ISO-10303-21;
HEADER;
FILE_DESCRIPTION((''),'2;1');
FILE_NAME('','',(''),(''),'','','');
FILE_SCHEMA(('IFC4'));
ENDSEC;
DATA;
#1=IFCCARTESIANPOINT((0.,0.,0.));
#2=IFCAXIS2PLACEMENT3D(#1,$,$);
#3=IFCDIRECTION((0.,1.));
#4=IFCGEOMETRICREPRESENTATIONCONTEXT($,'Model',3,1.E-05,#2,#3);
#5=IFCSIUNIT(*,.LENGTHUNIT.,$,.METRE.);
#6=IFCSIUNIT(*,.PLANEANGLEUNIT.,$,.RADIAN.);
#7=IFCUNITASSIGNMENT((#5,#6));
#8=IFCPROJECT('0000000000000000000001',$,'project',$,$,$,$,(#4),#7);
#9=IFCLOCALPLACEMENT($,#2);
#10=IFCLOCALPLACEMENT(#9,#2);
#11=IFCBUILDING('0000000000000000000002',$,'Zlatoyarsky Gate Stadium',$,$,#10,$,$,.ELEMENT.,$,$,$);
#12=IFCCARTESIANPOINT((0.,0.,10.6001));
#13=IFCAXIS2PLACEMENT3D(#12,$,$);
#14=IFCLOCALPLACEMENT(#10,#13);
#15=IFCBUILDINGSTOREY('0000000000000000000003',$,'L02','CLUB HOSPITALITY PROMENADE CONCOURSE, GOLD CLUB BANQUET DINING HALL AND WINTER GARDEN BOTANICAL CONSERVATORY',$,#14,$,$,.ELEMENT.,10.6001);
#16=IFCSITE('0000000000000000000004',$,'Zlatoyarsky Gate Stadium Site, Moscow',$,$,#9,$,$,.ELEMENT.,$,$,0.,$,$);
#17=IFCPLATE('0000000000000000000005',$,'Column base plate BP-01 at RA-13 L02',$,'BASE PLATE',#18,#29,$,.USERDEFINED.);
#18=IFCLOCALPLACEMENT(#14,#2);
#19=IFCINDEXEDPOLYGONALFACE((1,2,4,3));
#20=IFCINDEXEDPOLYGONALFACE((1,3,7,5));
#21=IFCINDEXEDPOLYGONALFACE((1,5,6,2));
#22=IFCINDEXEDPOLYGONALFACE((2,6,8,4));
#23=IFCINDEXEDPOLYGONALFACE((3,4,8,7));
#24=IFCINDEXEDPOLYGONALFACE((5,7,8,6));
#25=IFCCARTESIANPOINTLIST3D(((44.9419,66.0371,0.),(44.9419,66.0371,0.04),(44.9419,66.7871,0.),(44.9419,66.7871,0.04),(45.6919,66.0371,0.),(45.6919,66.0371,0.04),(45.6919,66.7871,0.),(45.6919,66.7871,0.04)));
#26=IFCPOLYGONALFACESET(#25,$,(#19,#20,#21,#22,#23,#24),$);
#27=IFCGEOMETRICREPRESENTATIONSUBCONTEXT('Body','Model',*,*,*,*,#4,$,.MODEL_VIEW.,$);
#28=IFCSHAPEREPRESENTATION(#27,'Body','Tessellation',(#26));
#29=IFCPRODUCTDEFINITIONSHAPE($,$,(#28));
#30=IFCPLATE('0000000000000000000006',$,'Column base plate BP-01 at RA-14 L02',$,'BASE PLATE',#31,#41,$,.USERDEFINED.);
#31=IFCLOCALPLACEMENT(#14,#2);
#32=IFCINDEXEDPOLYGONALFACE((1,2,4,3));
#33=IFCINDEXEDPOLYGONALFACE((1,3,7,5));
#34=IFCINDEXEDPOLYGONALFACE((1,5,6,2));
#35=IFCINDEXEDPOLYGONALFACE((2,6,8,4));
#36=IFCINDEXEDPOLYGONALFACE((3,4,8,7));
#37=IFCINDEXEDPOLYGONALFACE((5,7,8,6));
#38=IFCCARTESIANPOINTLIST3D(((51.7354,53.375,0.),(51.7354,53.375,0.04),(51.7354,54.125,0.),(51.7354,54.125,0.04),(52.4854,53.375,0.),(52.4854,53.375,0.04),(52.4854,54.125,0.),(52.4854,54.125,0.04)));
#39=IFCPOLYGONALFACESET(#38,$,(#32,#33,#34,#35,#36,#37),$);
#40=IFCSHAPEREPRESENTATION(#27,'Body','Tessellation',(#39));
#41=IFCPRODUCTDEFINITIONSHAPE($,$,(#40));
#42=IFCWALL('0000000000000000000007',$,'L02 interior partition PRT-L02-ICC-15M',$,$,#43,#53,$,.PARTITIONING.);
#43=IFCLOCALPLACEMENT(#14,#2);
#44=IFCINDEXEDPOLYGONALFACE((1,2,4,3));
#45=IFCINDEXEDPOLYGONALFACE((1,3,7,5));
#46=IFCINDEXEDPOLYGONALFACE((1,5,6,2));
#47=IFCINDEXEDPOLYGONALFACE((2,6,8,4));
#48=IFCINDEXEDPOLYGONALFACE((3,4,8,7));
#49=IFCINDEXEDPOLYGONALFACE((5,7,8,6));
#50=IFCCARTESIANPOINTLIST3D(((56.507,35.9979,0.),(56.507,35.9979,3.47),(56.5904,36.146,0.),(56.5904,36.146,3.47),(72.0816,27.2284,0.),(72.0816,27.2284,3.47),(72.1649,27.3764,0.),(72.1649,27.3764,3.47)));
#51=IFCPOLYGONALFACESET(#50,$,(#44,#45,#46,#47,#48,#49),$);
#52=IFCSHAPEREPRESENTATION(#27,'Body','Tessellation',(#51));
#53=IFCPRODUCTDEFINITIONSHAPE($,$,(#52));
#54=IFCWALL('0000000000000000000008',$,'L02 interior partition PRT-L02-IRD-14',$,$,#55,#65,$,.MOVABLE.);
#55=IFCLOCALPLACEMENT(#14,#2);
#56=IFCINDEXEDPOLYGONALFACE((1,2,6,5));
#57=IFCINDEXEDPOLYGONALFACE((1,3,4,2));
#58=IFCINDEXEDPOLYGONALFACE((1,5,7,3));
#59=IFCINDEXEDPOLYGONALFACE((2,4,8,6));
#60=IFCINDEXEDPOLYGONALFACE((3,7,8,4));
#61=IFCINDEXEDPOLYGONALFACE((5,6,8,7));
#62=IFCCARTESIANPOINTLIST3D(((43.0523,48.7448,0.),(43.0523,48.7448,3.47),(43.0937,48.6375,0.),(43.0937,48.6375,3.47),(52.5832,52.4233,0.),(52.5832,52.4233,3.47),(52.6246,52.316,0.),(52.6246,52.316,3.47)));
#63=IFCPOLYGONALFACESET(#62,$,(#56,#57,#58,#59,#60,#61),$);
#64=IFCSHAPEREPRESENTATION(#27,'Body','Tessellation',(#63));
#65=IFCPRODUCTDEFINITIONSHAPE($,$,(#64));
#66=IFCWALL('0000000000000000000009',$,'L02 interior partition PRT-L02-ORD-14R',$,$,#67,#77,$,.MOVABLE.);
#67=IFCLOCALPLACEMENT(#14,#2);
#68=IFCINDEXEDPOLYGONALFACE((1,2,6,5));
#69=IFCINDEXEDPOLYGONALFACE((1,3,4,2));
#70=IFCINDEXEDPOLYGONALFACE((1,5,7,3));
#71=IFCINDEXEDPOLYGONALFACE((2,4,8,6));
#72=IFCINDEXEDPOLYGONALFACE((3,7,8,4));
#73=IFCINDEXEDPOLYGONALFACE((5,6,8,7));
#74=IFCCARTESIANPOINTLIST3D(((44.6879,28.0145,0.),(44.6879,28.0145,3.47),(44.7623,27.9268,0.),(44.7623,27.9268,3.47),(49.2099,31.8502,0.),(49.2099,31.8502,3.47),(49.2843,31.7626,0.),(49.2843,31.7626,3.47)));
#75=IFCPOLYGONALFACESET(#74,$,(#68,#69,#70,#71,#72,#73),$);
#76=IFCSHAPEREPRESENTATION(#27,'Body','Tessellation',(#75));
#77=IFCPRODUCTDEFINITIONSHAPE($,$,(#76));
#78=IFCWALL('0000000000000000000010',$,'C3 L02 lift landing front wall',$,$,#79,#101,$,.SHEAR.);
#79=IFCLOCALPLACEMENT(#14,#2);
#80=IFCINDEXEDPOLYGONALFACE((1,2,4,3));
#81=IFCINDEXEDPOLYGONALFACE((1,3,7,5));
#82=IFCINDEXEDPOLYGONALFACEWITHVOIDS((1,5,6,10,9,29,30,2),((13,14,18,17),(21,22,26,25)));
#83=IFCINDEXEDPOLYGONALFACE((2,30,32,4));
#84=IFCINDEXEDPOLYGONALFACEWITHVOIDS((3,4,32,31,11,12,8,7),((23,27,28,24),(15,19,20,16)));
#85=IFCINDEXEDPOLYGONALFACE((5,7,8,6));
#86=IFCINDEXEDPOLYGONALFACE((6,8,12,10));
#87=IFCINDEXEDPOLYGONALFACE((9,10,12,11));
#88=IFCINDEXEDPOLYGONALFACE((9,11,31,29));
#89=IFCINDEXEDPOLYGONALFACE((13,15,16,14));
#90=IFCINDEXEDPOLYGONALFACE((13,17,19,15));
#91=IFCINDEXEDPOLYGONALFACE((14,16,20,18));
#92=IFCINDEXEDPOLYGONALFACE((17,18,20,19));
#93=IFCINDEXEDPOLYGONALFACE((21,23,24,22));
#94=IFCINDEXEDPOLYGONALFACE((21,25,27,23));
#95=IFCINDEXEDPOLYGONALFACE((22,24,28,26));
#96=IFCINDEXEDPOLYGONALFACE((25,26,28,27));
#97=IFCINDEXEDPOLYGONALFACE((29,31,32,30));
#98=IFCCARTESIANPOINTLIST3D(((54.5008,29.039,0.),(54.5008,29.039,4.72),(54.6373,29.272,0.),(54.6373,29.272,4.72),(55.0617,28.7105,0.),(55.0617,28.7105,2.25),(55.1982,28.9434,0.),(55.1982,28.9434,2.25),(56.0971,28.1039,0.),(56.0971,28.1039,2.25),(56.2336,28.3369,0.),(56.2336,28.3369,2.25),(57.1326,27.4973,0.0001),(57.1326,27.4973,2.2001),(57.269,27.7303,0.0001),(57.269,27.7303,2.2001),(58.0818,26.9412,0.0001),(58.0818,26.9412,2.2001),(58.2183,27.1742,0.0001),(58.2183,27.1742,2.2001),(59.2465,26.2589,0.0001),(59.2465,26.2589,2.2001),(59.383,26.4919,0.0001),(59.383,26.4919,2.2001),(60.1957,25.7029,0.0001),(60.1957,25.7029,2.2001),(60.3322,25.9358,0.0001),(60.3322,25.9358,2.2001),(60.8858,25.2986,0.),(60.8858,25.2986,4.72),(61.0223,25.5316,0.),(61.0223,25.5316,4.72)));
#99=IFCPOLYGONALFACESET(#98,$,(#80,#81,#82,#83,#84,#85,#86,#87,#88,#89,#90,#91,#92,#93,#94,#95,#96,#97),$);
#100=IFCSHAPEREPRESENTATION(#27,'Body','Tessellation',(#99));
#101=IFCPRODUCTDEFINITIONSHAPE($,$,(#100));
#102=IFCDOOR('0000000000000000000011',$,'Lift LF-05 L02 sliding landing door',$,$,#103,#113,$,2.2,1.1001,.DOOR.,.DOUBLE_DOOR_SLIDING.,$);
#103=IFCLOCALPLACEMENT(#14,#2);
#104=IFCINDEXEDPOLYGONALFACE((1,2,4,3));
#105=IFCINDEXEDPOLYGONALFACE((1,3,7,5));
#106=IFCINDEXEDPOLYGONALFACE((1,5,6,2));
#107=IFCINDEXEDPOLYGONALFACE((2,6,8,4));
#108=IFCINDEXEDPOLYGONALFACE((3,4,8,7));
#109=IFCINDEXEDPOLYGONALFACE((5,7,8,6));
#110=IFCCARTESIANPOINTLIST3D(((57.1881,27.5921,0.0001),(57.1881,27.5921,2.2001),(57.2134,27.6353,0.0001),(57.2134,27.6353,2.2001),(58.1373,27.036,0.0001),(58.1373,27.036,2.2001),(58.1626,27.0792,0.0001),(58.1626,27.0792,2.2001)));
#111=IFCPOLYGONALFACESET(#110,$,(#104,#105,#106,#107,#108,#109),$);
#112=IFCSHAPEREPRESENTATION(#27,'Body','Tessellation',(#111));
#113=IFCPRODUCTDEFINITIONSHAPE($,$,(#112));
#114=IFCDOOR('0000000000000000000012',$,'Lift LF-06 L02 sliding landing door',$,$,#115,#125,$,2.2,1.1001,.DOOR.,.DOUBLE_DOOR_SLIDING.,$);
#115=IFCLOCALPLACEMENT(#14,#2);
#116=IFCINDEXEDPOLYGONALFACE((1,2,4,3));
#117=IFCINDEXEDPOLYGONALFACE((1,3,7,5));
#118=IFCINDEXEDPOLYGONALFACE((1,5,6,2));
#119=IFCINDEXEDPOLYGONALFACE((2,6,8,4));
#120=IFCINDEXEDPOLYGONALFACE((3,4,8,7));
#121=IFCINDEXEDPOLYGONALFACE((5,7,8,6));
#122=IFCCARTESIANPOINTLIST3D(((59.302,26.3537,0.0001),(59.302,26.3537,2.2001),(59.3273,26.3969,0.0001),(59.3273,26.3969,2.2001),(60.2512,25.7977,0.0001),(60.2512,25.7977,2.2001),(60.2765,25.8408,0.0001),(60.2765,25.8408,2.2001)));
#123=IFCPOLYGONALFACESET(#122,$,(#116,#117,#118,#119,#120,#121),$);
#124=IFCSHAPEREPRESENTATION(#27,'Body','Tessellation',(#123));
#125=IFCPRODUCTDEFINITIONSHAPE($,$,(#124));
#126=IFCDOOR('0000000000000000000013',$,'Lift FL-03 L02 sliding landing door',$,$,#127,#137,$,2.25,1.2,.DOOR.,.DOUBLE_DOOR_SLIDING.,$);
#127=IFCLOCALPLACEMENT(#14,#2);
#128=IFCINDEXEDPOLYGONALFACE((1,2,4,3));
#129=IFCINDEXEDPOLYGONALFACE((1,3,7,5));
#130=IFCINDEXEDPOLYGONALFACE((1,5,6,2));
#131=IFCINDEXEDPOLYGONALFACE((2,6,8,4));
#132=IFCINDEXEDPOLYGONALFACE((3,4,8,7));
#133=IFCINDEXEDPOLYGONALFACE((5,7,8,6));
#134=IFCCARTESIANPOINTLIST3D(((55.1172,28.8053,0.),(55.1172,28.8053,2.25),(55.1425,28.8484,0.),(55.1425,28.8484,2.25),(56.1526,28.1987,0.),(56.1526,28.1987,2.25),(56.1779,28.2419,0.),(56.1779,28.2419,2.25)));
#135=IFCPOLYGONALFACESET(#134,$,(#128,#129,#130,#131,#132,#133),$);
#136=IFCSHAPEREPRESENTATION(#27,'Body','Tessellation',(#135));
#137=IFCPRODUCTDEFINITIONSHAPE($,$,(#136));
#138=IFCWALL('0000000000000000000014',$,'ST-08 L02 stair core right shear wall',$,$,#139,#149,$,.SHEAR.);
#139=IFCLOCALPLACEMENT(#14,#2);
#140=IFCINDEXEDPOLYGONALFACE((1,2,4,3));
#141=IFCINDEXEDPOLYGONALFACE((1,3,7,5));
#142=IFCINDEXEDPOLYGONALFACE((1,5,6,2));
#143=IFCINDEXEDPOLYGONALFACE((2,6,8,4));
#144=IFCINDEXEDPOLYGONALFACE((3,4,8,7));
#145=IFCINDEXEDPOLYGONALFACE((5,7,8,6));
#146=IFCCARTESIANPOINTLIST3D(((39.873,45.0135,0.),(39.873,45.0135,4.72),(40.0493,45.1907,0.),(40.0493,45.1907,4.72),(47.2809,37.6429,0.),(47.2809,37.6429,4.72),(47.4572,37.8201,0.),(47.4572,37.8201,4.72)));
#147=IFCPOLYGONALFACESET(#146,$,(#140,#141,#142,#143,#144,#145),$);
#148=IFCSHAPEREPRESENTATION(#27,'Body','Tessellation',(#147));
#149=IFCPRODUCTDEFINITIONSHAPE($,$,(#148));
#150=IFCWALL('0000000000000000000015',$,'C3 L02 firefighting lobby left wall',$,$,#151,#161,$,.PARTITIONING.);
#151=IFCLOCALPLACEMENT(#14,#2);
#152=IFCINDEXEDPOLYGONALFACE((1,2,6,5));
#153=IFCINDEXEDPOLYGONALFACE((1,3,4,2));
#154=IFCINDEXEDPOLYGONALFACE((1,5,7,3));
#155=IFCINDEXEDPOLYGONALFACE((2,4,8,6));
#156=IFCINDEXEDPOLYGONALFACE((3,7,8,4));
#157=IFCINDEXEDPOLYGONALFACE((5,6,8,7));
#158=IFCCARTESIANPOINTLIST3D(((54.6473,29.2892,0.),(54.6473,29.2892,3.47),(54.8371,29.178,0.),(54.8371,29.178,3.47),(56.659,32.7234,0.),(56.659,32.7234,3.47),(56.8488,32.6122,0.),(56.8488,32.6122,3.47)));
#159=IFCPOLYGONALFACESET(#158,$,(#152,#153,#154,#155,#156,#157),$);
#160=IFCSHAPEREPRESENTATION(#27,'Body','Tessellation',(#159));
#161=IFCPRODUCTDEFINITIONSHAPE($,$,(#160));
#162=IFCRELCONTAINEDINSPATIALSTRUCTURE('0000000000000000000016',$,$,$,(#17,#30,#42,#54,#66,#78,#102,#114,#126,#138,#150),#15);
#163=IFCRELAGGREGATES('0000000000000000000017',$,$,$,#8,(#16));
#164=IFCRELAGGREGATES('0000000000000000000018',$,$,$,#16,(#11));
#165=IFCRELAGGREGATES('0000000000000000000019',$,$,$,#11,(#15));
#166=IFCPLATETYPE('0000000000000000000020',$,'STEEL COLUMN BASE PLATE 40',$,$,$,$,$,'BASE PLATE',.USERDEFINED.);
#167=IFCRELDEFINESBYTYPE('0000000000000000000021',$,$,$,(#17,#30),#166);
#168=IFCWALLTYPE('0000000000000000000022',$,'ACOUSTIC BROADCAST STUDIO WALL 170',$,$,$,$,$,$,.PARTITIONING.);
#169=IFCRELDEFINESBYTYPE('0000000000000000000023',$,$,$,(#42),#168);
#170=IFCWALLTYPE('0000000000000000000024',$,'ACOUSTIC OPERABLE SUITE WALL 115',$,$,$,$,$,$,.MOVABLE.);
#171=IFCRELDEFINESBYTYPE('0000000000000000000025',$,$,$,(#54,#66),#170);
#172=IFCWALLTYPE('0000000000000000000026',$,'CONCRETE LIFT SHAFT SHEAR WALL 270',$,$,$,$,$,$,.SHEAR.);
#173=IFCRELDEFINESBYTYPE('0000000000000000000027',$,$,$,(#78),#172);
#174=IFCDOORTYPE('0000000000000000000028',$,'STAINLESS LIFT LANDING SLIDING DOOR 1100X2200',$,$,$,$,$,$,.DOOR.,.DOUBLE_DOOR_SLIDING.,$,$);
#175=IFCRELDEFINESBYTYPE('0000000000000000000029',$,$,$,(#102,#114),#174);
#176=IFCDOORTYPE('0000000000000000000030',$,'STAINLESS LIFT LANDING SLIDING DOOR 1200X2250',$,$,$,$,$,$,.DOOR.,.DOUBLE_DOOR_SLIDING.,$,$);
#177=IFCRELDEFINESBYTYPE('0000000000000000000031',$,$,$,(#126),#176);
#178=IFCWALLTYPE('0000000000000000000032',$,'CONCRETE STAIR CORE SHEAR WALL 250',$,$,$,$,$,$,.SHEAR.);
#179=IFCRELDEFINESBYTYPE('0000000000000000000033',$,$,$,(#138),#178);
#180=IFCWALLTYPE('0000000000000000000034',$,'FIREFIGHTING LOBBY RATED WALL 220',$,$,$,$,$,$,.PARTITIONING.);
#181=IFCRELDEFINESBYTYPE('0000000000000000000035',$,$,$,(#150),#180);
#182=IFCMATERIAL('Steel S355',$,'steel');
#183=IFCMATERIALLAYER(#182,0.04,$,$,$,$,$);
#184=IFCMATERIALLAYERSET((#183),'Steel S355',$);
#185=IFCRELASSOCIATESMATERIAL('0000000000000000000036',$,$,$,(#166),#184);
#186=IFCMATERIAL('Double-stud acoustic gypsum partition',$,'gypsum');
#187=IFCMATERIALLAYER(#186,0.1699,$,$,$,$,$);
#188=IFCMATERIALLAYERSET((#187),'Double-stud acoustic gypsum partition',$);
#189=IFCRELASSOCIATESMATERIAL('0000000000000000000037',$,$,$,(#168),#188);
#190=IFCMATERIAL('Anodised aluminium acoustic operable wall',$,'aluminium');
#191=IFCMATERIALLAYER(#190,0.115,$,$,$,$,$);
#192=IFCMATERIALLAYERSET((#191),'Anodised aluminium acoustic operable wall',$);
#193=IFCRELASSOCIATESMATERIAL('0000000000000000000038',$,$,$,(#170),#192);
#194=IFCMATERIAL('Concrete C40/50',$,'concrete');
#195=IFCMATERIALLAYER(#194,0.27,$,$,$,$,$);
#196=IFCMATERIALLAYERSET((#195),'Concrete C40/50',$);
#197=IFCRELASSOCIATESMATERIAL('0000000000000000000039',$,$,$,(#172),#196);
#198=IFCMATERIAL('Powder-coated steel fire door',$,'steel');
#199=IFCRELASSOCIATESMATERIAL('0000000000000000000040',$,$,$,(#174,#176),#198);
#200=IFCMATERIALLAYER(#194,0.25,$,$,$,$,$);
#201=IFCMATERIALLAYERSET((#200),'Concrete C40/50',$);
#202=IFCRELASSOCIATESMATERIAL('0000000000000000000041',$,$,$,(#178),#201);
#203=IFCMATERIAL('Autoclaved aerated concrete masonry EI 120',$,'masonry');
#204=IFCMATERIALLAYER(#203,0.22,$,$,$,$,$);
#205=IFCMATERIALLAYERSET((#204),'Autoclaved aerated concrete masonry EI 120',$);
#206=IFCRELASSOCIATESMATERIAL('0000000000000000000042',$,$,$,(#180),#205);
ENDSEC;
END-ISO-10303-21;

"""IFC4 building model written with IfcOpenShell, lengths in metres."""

from ifc_helpers import new_model, si_unit, direction, frame, frame_2d, origin, origin_2d, place, context, subcontext, project, spatial, rectangle, extrude, material, layer, layer_set, type_object, element, fill, save


model = new_model("IFC4")

# Units and contexts
model_context = context("Model", 3, precision=1e-05, world=origin(), true_north=direction((0.0, 1.0)))
body_context = subcontext(model_context, "Body", "Model", "MODEL_VIEW")
ifc_project = project(units=[si_unit("LENGTHUNIT", "METRE"), si_unit("PLANEANGLEUNIT", "RADIAN")], contexts=[model_context])

# Site, building, storey
site_placement = place(None, origin())
site = spatial("IfcSite", under=ifc_project, at=site_placement, Name="Zlatoyarsky Gate Stadium Site, Moscow", CompositionType="ELEMENT", RefElevation=0.0)
building_placement = place(site_placement, origin())
building = spatial("IfcBuilding", under=site, at=building_placement, Name="Zlatoyarsky Gate Stadium", CompositionType="ELEMENT")
storey_placement = place(building_placement, frame((0.0, 0.0, 10.6001)))
storey = spatial("IfcBuildingStorey", under=building, at=storey_placement, Name="L02", Description="CLUB HOSPITALITY PROMENADE CONCOURSE, GOLD CLUB BANQUET DINING HALL AND WINTER GARDEN BOTANICAL CONSERVATORY", CompositionType="ELEMENT", Elevation=10.6001)

# Shared definitions
ifc_material_1 = material(Name="Concrete C40/50", Category="concrete")
ifc_material_2 = material(Name="Steel S355", Category="steel")

# Plates
ifc_layer_1 = layer(ifc_material_2, 0.04)
ifc_layer_set_1 = layer_set([ifc_layer_1], Name="Steel S355")
plate_type = type_object("IfcPlateType", Name="STEEL COLUMN BASE PLATE 40", ElementType="BASE PLATE", PredefinedType="USERDEFINED", material=ifc_layer_set_1)
for number, where, z_axis, x_axis, name in (
    (1, (45.3169, 66.4121, 0.0), (0.0, 0.0, 1.0), (1.0, 0.0, 0.0), "Column base plate BP-01 at RA-13 L02"),
    (2, (52.1104, 53.75, 0.0), (0.0, 0.0, 1.0), (1.0, 0.0, 0.0), "Column base plate BP-01 at RA-14 L02"),
):
    element("IfcPlate", number, at=place(storey_placement, frame(where, z_axis=z_axis, x_axis=x_axis)), inside=storey, type_object=plate_type, Name=name, ObjectType="BASE PLATE", PredefinedType="USERDEFINED", context=body_context, shape_type="SweptSolid", body=[
        extrude(rectangle(XDim=0.75, YDim=0.75, at=origin_2d()), origin(), (0.0, 0.0, 1.0), 0.04),
    ])

# Walls
ifc_material_3 = material(Name="Double-stud acoustic gypsum partition", Category="gypsum")
ifc_layer_2 = layer(ifc_material_3, 0.1699)
ifc_layer_set_2 = layer_set([ifc_layer_2], Name="Double-stud acoustic gypsum partition")
wall_type_1 = type_object("IfcWallType", Name="ACOUSTIC BROADCAST STUDIO WALL 170", PredefinedType="PARTITIONING", material=ifc_layer_set_2)
wall_1_placement = place(storey_placement, frame((56.5486, 36.072, 0.0), z_axis=(0.0, 0.0, 1.0), x_axis=(0.871363, -0.490639, 0.0)))
element("IfcWall", 3, at=wall_1_placement, inside=storey, type_object=wall_type_1, Name="L02 interior partition PRT-L02-ICC-15M", PredefinedType="PARTITIONING", context=body_context, shape_type="SweptSolid", body=[
    extrude(rectangle(XDim=17.8738, YDim=0.1699, at=frame_2d((8.937, 0.0))), origin(), (0.0, 0.0, 1.0), 3.47),
])
ifc_material_4 = material(Name="Anodised aluminium acoustic operable wall", Category="aluminium")
ifc_layer_3 = layer(ifc_material_4, 0.115)
ifc_layer_set_3 = layer_set([ifc_layer_3], Name="Anodised aluminium acoustic operable wall")
wall_type_2 = type_object("IfcWallType", Name="ACOUSTIC OPERABLE SUITE WALL 115", PredefinedType="MOVABLE", material=ifc_layer_set_3)
wall_2_placement = place(storey_placement, frame((52.6038, 52.3696, 0.0), z_axis=(0.0, 0.0, 1.0), x_axis=(-0.932926, -0.360069, 0.0)))
element("IfcWall", 4, at=wall_2_placement, inside=storey, type_object=wall_type_2, Name="L02 interior partition PRT-L02-IRD-14", PredefinedType="MOVABLE", context=body_context, shape_type="SweptSolid", body=[
    extrude(rectangle(XDim=10.2161, YDim=0.115, at=frame_2d((5.1079, 0.0))), origin(), (0.0, 0.0, 1.0), 3.47),
])
wall_3_placement = place(storey_placement, frame((49.2471, 31.8064, 0.0), z_axis=(0.0, 0.0, 1.0), x_axis=(-0.762603, -0.646866, 0.0)))
element("IfcWall", 5, at=wall_3_placement, inside=storey, type_object=wall_type_2, Name="L02 interior partition PRT-L02-ORD-14R", PredefinedType="MOVABLE", context=body_context, shape_type="SweptSolid", body=[
    extrude(rectangle(XDim=5.9297, YDim=0.115, at=frame_2d((2.9648, 0.0))), origin(), (0.0, 0.0, 1.0), 3.47),
])

# Wall, openings, doors
ifc_layer_4 = layer(ifc_material_1, 0.27)
ifc_layer_set_4 = layer_set([ifc_layer_4], Name="Concrete C40/50")
wall_type_3 = type_object("IfcWallType", Name="CONCRETE LIFT SHAFT SHEAR WALL 270", PredefinedType="SHEAR", material=ifc_layer_set_4)
wall_4_placement = place(storey_placement, frame((54.5691, 29.1555, 0.0), z_axis=(0.0, 0.0, 1.0), x_axis=(0.862843, -0.505472, 0.0)))
wall_4 = element("IfcWall", 6, at=wall_4_placement, inside=storey, type_object=wall_type_3, Name="C3 L02 lift landing front wall", PredefinedType="SHEAR", context=body_context, shape_type="SweptSolid", body=[
    extrude(rectangle(XDim=7.3999, YDim=0.27, at=frame_2d((3.7, 0.0))), origin(), (0.0, 0.0, 1.0), 4.72),
])
opening_1_placement = place(wall_4_placement, frame((0.6499, 0.0, 0.0)))
opening_1 = element("IfcOpeningElement", 7, at=opening_1_placement, cuts=wall_4, PredefinedType="OPENING", context=body_context, shape_type="SweptSolid", body=[
    extrude(rectangle(XDim=1.2, YDim=2.25, at=frame_2d((0.6001, 1.125))), frame((0.0, 0.145, 0.0), z_axis=(0.0, -1.0, 0.0), x_axis=(1.0, 0.0, 0.0)), (0.0, 0.0, 1.0), 0.29),
])
opening_2_placement = place(wall_4_placement, frame((3.05, 0.0, 0.0)))
opening_2 = element("IfcOpeningElement", 8, at=opening_2_placement, cuts=wall_4, PredefinedType="OPENING", context=body_context, shape_type="SweptSolid", body=[
    extrude(rectangle(XDim=1.1001, YDim=2.2, at=frame_2d((0.55, 1.1001))), frame((0.0, 0.145, 0.0), z_axis=(0.0, -1.0, 0.0), x_axis=(1.0, 0.0, 0.0)), (0.0, 0.0, 1.0), 0.29),
])
opening_3_placement = place(wall_4_placement, frame((5.5, 0.0, 0.0)))
opening_3 = element("IfcOpeningElement", 9, at=opening_3_placement, cuts=wall_4, PredefinedType="OPENING", context=body_context, shape_type="SweptSolid", body=[
    extrude(rectangle(XDim=1.1001, YDim=2.2, at=frame_2d((0.55, 1.1001))), frame((0.0, 0.145, 0.0), z_axis=(0.0, -1.0, 0.0), x_axis=(1.0, 0.0, 0.0)), (0.0, 0.0, 1.0), 0.29),
])
ifc_material_5 = material(Name="Powder-coated steel fire door", Category="steel")
door_type_1 = type_object("IfcDoorType", Name="STAINLESS LIFT LANDING SLIDING DOOR 1100X2200", OperationType="DOUBLE_DOOR_SLIDING", PredefinedType="DOOR", material=ifc_material_5)
door_1_placement = place(opening_2_placement, origin())
door_1 = element("IfcDoor", 10, at=door_1_placement, inside=storey, type_object=door_type_1, Name="Lift LF-05 L02 sliding landing door", OperationType="DOUBLE_DOOR_SLIDING", OverallHeight=2.2, OverallWidth=1.1001, PredefinedType="DOOR", context=body_context, shape_type="SweptSolid", body=[
    extrude(rectangle(XDim=1.1001, YDim=2.2, at=frame_2d((0.55, 1.1001))), frame((0.0, 0.0249, 0.0), z_axis=(0.0, -1.0, 0.0), x_axis=(1.0, 0.0, 0.0)), (0.0, 0.0, 1.0), 0.05),
])
fill(opening_2, door_1)
door_2_placement = place(opening_3_placement, origin())
door_2 = element("IfcDoor", 11, at=door_2_placement, inside=storey, type_object=door_type_1, Name="Lift LF-06 L02 sliding landing door", OperationType="DOUBLE_DOOR_SLIDING", OverallHeight=2.2, OverallWidth=1.1001, PredefinedType="DOOR", context=body_context, shape_type="SweptSolid", body=[
    extrude(rectangle(XDim=1.1001, YDim=2.2, at=frame_2d((0.55, 1.1001))), frame((0.0, 0.0249, 0.0), z_axis=(0.0, -1.0, 0.0), x_axis=(1.0, 0.0, 0.0)), (0.0, 0.0, 1.0), 0.05),
])
fill(opening_3, door_2)
door_type_2 = type_object("IfcDoorType", Name="STAINLESS LIFT LANDING SLIDING DOOR 1200X2250", OperationType="DOUBLE_DOOR_SLIDING", PredefinedType="DOOR", material=ifc_material_5)
door_3_placement = place(opening_1_placement, origin())
door_3 = element("IfcDoor", 12, at=door_3_placement, inside=storey, type_object=door_type_2, Name="Lift FL-03 L02 sliding landing door", OperationType="DOUBLE_DOOR_SLIDING", OverallHeight=2.25, OverallWidth=1.2, PredefinedType="DOOR", context=body_context, shape_type="SweptSolid", body=[
    extrude(rectangle(XDim=1.2, YDim=2.25, at=frame_2d((0.6001, 1.125))), frame((0.0, 0.0249, 0.0), z_axis=(0.0, -1.0, 0.0), x_axis=(1.0, 0.0, 0.0)), (0.0, 0.0, 1.0), 0.05),
])
fill(opening_1, door_3)

# Walls
ifc_layer_5 = layer(ifc_material_1, 0.25)
ifc_layer_set_5 = layer_set([ifc_layer_5], Name="Concrete C40/50")
wall_type_4 = type_object("IfcWallType", Name="CONCRETE STAIR CORE SHEAR WALL 250", PredefinedType="SHEAR", material=ifc_layer_set_5)
wall_5_placement = place(storey_placement, frame((47.3691, 37.7314, 0.0), z_axis=(0.0, 0.0, 1.0), x_axis=(-0.708892, 0.705317, 0.0)))
element("IfcWall", 13, at=wall_5_placement, inside=storey, type_object=wall_type_4, Name="ST-08 L02 stair core right shear wall", PredefinedType="SHEAR", context=body_context, shape_type="SweptSolid", body=[
    extrude(rectangle(XDim=10.45, YDim=0.25, at=frame_2d((5.2251, 0.0))), origin(), (0.0, 0.0, 1.0), 4.72),
])
ifc_material_6 = material(Name="Autoclaved aerated concrete masonry EI 120", Category="masonry")
ifc_layer_6 = layer(ifc_material_6, 0.22)
ifc_layer_set_6 = layer_set([ifc_layer_6], Name="Autoclaved aerated concrete masonry EI 120")
wall_type_5 = type_object("IfcWallType", Name="FIREFIGHTING LOBBY RATED WALL 220", PredefinedType="PARTITIONING", material=ifc_layer_set_6)
wall_6_placement = place(storey_placement, frame((54.7422, 29.2336, 0.0), z_axis=(0.0, 0.0, 1.0), x_axis=(0.505464, 0.862847, 0.0)))
element("IfcWall", 14, at=wall_6_placement, inside=storey, type_object=wall_type_5, Name="C3 L02 firefighting lobby left wall", PredefinedType="PARTITIONING", context=body_context, shape_type="SweptSolid", body=[
    extrude(rectangle(XDim=3.98, YDim=0.22, at=frame_2d((1.99, 0.0))), origin(), (0.0, 0.0, 1.0), 3.47),
])

save(model, "model.ifc")
